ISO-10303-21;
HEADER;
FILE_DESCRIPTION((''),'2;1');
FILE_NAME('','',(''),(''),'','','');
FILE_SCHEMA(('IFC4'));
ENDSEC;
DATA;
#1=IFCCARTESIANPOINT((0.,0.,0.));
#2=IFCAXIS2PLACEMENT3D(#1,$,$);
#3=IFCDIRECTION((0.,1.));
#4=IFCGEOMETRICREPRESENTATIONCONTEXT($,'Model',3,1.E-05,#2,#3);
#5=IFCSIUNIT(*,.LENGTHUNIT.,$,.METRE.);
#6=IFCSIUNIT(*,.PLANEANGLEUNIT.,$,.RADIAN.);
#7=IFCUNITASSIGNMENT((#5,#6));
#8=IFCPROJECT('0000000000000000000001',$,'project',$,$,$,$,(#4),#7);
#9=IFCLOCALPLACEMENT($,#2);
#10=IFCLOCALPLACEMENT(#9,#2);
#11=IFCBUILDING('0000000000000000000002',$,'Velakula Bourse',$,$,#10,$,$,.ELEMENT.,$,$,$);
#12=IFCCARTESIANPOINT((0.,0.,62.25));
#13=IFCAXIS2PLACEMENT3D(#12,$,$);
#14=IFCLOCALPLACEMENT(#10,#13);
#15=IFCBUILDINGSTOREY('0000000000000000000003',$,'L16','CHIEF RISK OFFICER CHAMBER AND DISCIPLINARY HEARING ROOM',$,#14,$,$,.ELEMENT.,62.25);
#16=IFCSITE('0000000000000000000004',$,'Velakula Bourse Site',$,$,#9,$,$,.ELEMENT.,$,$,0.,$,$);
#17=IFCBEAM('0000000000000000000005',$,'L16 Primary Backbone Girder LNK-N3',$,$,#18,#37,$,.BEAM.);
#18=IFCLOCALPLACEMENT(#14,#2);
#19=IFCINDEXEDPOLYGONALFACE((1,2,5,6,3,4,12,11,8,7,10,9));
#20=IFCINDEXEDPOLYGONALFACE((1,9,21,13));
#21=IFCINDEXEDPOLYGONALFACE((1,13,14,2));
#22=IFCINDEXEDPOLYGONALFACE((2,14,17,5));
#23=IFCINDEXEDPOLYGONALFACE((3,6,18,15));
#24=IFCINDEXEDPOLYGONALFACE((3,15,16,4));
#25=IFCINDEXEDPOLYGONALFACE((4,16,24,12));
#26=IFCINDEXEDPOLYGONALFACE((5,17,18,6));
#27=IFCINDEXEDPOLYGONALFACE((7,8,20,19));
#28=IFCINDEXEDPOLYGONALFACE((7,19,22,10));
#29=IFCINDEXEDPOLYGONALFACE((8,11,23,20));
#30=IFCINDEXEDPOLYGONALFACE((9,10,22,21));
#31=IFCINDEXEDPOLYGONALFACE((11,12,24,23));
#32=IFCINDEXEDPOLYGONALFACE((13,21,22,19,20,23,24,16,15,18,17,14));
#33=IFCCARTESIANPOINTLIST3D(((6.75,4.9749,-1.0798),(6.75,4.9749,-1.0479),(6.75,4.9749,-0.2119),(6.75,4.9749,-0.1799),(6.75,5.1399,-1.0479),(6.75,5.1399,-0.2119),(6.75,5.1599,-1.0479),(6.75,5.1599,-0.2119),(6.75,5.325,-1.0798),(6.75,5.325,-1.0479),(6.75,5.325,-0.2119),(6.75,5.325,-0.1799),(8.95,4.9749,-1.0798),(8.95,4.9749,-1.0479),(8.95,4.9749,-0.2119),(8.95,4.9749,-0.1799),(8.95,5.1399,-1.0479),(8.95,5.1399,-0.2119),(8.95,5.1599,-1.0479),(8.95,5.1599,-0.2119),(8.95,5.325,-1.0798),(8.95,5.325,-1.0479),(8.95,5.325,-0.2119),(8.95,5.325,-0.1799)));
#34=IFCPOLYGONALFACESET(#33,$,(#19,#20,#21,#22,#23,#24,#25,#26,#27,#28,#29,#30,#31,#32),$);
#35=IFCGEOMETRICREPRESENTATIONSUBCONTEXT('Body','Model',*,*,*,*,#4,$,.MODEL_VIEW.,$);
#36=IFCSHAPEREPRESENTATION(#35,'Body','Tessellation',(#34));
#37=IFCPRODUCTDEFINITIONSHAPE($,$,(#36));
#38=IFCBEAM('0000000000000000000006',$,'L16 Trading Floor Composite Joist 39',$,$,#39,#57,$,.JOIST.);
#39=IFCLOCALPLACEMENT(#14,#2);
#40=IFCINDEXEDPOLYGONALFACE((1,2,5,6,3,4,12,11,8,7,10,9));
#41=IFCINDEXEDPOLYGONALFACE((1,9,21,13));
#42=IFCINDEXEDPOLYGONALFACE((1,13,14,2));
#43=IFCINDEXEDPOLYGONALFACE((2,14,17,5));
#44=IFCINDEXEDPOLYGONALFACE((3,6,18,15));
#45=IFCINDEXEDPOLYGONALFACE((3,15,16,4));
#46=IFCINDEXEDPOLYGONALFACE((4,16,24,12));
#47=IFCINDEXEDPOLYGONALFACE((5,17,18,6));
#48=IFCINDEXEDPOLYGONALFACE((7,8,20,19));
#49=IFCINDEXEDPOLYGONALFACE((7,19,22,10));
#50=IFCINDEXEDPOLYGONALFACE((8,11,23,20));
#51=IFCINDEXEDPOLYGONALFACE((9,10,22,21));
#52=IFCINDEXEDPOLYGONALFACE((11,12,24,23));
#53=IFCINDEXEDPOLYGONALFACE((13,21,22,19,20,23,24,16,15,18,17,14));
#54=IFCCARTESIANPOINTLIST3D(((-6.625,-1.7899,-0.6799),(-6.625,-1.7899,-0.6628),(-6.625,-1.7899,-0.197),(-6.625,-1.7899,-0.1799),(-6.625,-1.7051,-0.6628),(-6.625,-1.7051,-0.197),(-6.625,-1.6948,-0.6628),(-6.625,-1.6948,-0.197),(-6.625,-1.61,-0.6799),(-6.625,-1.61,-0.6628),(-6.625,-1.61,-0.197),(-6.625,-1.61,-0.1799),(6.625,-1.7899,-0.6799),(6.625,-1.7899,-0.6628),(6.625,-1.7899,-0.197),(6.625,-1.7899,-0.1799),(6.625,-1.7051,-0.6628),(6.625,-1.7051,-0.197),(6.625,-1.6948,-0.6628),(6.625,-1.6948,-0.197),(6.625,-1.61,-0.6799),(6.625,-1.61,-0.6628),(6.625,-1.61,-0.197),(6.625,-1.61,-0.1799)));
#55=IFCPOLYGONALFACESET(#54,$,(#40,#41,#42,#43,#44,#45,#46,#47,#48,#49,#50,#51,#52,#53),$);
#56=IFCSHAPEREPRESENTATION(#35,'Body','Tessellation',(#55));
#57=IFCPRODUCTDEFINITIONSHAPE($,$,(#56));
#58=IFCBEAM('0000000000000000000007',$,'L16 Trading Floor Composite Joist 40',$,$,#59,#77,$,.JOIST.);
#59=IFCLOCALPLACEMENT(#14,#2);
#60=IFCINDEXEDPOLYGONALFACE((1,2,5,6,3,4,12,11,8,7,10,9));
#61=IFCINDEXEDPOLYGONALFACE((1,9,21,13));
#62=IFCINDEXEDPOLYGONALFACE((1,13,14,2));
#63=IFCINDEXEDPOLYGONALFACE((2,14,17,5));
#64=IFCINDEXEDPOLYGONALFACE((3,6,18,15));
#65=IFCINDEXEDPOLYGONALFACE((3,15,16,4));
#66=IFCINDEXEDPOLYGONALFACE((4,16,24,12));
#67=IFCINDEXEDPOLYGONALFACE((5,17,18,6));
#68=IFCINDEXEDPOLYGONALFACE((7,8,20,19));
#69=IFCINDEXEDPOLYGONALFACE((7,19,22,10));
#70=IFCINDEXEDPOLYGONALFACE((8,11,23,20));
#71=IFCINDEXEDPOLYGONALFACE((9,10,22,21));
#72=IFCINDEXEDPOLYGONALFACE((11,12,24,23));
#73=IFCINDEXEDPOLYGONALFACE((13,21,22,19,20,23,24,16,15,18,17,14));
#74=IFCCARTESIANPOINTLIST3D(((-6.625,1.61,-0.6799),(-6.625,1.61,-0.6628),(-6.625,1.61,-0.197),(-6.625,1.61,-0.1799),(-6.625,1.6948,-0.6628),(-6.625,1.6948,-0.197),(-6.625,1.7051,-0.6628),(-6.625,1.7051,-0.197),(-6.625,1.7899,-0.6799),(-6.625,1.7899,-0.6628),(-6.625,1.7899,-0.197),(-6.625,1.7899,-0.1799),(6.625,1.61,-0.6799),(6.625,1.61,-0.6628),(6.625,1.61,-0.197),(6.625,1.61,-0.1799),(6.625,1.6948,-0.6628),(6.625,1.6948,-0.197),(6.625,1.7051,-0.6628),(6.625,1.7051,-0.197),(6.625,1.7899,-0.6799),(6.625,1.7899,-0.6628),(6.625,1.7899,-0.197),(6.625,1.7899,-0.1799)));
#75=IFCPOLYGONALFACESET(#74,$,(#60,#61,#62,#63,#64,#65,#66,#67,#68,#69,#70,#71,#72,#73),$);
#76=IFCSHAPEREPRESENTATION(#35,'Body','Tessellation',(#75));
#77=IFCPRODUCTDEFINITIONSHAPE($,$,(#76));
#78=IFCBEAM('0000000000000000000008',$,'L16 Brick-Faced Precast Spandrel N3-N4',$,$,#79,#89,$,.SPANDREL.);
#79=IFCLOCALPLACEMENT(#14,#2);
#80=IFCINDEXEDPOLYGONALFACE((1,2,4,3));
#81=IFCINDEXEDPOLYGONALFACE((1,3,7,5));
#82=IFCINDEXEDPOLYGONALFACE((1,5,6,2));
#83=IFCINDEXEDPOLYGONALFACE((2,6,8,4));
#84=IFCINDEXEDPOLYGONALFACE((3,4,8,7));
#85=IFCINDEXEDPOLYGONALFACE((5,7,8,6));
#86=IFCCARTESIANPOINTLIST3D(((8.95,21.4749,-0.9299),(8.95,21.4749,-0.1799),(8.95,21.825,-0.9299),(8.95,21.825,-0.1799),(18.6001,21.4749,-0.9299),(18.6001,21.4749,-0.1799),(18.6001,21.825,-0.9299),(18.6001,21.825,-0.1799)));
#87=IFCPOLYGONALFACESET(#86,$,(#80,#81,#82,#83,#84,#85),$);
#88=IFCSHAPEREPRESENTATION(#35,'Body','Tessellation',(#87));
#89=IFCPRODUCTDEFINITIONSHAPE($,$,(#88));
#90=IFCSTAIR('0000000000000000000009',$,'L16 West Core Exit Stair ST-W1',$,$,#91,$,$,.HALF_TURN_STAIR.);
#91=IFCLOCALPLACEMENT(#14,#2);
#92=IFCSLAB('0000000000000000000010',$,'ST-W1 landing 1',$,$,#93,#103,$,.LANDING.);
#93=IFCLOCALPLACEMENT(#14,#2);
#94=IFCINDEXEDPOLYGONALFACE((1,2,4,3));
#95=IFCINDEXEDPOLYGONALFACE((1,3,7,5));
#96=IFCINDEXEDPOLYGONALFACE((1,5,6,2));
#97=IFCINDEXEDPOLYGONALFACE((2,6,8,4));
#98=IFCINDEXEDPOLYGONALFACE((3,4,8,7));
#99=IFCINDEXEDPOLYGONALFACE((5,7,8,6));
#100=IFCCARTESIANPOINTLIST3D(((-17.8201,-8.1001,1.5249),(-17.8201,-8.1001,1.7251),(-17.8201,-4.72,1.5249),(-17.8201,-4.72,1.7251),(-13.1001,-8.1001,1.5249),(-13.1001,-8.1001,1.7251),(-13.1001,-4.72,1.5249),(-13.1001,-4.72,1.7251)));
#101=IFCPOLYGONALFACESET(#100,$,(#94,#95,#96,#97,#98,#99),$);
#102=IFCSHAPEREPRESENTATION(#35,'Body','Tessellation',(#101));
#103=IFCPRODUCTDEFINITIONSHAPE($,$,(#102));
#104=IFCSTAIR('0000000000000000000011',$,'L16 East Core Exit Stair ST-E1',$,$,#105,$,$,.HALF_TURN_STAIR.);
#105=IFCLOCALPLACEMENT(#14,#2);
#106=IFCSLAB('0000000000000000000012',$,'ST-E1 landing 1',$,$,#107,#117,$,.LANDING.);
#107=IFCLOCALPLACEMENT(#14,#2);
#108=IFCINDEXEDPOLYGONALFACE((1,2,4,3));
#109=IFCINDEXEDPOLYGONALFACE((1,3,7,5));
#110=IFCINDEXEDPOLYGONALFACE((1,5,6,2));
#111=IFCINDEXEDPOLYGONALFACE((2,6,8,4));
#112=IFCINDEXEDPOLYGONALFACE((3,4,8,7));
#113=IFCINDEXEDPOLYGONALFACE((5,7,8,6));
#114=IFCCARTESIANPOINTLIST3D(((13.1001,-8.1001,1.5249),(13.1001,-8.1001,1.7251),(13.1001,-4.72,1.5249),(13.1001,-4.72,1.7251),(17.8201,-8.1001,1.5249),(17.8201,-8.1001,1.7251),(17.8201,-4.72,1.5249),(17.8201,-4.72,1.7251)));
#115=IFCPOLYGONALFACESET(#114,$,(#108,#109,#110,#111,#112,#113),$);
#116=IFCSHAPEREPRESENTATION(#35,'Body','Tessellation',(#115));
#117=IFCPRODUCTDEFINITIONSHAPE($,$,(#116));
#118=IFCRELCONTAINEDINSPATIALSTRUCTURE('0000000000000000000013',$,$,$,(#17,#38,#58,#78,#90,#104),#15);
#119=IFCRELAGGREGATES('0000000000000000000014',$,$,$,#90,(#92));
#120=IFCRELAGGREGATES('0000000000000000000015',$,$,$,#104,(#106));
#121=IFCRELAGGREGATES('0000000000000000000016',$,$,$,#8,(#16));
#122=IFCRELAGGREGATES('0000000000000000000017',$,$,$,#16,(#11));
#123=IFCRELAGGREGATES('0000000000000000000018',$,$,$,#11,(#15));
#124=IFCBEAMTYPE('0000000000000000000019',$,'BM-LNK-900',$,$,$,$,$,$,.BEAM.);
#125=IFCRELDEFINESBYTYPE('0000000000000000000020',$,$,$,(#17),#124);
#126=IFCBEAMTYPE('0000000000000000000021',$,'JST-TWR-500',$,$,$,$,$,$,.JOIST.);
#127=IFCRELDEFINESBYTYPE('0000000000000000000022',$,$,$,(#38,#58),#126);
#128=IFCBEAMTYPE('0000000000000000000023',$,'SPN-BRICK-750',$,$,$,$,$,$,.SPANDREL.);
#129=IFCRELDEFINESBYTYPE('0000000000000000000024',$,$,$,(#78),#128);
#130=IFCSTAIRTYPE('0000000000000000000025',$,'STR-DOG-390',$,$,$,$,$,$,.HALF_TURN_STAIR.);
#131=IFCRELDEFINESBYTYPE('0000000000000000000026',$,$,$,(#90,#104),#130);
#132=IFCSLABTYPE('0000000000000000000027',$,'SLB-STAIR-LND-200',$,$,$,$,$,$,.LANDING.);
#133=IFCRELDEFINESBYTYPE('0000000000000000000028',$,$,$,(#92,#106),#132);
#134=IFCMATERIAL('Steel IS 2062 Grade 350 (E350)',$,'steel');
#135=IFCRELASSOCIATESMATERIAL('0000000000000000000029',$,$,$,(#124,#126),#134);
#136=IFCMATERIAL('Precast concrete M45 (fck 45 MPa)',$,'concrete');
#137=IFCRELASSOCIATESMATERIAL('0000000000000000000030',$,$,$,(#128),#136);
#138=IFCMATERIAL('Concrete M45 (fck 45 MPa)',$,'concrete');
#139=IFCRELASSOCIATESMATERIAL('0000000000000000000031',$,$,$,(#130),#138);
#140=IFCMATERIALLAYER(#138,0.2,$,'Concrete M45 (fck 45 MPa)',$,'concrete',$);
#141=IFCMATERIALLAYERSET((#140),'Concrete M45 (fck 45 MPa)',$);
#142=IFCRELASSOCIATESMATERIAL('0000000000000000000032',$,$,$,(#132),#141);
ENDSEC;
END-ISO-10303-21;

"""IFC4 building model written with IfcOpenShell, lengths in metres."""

from ifc_helpers import new_model, si_unit, direction, frame, origin, origin_2d, place, context, subcontext, project, spatial, polyline, rectangle, i_section, outline, extrude, material, layer, layer_set, material_profile, profile_set, type_object, element, aggregate, save


model = new_model("IFC4")

# Units and contexts
model_context = context("Model", 3, precision=1e-05, world=origin(), true_north=direction((0.0, 1.0)))
body_context = subcontext(model_context, "Body", "Model", "MODEL_VIEW")
ifc_project = project(units=[si_unit("LENGTHUNIT", "METRE"), si_unit("PLANEANGLEUNIT", "RADIAN")], contexts=[model_context])

# Site, building, storey
site_placement = place(None, origin())
site = spatial("IfcSite", under=ifc_project, at=site_placement, Name="Velakula Bourse Site", CompositionType="ELEMENT", RefElevation=0.0)
building_placement = place(site_placement, origin())
building = spatial("IfcBuilding", under=site, at=building_placement, Name="Velakula Bourse", CompositionType="ELEMENT")
storey_placement = place(building_placement, frame((0.0, 0.0, 62.25)))
storey = spatial("IfcBuildingStorey", under=building, at=storey_placement, Name="L16", Description="CHIEF RISK OFFICER CHAMBER AND DISCIPLINARY HEARING ROOM", CompositionType="ELEMENT", Elevation=62.25)

# Beams
ifc_material_1 = material(Name="Steel IS 2062 Grade 350 (E350)", Category="steel")
ifc_material_profile_1 = material_profile(ifc_material_1, i_section(OverallWidth=0.3501, OverallDepth=0.8999, WebThickness=0.02, FlangeThickness=0.032, at=origin_2d()), Name="Steel IS 2062 Grade 350 (E350)")
ifc_profile_set_1 = profile_set([ifc_material_profile_1], Name="Steel IS 2062 Grade 350 (E350)")
beam_type_1 = type_object("IfcBeamType", Name="BM-LNK-900", PredefinedType="BEAM", material=ifc_profile_set_1)
beam_1_placement = place(storey_placement, frame((6.75, 5.1499, -0.6299), z_axis=(1.0, 0.0, 0.0), x_axis=(0.0, 1.0, 0.0)))
element("IfcBeam", 1, at=beam_1_placement, inside=storey, type_object=beam_type_1, Name="L16 Primary Backbone Girder LNK-N3", PredefinedType="BEAM", context=body_context, shape_type="SweptSolid", body=[
    extrude(i_section(OverallWidth=0.3501, OverallDepth=0.8999, WebThickness=0.02, FlangeThickness=0.032, at=origin_2d()), origin(), (0.0, 0.0, 1.0), 2.2),
])
ifc_material_profile_2 = material_profile(ifc_material_1, i_section(OverallWidth=0.1799, OverallDepth=0.5, WebThickness=0.0103, FlangeThickness=0.0171, at=origin_2d()), Name="Steel IS 2062 Grade 350 (E350)")
ifc_profile_set_2 = profile_set([ifc_material_profile_2], Name="Steel IS 2062 Grade 350 (E350)")
beam_type_2 = type_object("IfcBeamType", Name="JST-TWR-500", PredefinedType="JOIST", material=ifc_profile_set_2)
for number, where, z_axis, x_axis, name in (
    (2, (-6.625, -1.7, -0.4299), (1.0, 0.0, 0.0), (0.0, 1.0, 0.0), "L16 Trading Floor Composite Joist 39"),
    (3, (-6.625, 1.7, -0.4299), (1.0, 0.0, 0.0), (0.0, 1.0, 0.0), "L16 Trading Floor Composite Joist 40"),
):
    element("IfcBeam", number, at=place(storey_placement, frame(where, z_axis=z_axis, x_axis=x_axis)), inside=storey, type_object=beam_type_2, Name=name, PredefinedType="JOIST", context=body_context, shape_type="SweptSolid", body=[
        extrude(i_section(OverallWidth=0.1799, OverallDepth=0.5, WebThickness=0.0103, FlangeThickness=0.0171, at=origin_2d()), origin(), (0.0, 0.0, 1.0), 13.25),
    ])
ifc_material_2 = material(Name="Precast concrete M45 (fck 45 MPa)", Category="concrete")
ifc_material_profile_3 = material_profile(ifc_material_2, rectangle(XDim=0.3501, YDim=0.75, at=origin_2d()), Name="Precast concrete M45 (fck 45 MPa)")
ifc_profile_set_3 = profile_set([ifc_material_profile_3], Name="Precast concrete M45 (fck 45 MPa)")
beam_type_3 = type_object("IfcBeamType", Name="SPN-BRICK-750", PredefinedType="SPANDREL", material=ifc_profile_set_3)
beam_2_placement = place(storey_placement, frame((8.95, 21.6499, -0.5549), z_axis=(1.0, 0.0, 0.0), x_axis=(0.0, 1.0, 0.0)))
element("IfcBeam", 4, at=beam_2_placement, inside=storey, type_object=beam_type_3, Name="L16 Brick-Faced Precast Spandrel N3-N4", PredefinedType="SPANDREL", context=body_context, shape_type="SweptSolid", body=[
    extrude(rectangle(XDim=0.3501, YDim=0.75, at=origin_2d()), origin(), (0.0, 0.0, 1.0), 9.6501),
])

# Stairs, slabs
ifc_material_3 = material(Name="Concrete M45 (fck 45 MPa)", Category="concrete")
stair_type = type_object("IfcStairType", Name="STR-DOG-390", PredefinedType="HALF_TURN_STAIR", material=ifc_material_3)
stair_1_placement = place(storey_placement, origin())
stair_1 = element("IfcStair", 5, at=stair_1_placement, inside=storey, type_object=stair_type, Name="L16 West Core Exit Stair ST-W1", PredefinedType="HALF_TURN_STAIR")
ifc_layer_1 = layer(ifc_material_3, 0.2, Name="Concrete M45 (fck 45 MPa)", Category="concrete")
ifc_layer_set_1 = layer_set([ifc_layer_1], Name="Concrete M45 (fck 45 MPa)")
slab_type_1 = type_object("IfcSlabType", Name="SLB-STAIR-LND-200", PredefinedType="LANDING", material=ifc_layer_set_1)
slab_1_placement = place(storey_placement, frame((0.0, 0.0, 1.5249)))
slab_1 = element("IfcSlab", 6, at=slab_1_placement, type_object=slab_type_1, Name="ST-W1 landing 1", PredefinedType="LANDING", context=body_context, shape_type="SweptSolid", body=[
    extrude(outline(polyline([(-17.8201, -4.72), (-17.8201, -8.1001), (-13.1001, -8.1001), (-13.1001, -4.72), (-17.8201, -4.72)])), origin(), (0.0, 0.0, 1.0), 0.2002),
])
aggregate(stair_1, [slab_1])
stair_2_placement = place(storey_placement, origin())
stair_2 = element("IfcStair", 7, at=stair_2_placement, inside=storey, type_object=stair_type, Name="L16 East Core Exit Stair ST-E1", PredefinedType="HALF_TURN_STAIR")
slab_2_placement = place(storey_placement, frame((0.0, 0.0, 1.5249)))
slab_2 = element("IfcSlab", 8, at=slab_2_placement, type_object=slab_type_1, Name="ST-E1 landing 1", PredefinedType="LANDING", context=body_context, shape_type="SweptSolid", body=[
    extrude(outline(polyline([(13.1001, -4.72), (13.1001, -8.1001), (17.8201, -8.1001), (17.8201, -4.72), (13.1001, -4.72)])), origin(), (0.0, 0.0, 1.0), 0.2002),
])
aggregate(stair_2, [slab_2])

save(model, "model.ifc")
